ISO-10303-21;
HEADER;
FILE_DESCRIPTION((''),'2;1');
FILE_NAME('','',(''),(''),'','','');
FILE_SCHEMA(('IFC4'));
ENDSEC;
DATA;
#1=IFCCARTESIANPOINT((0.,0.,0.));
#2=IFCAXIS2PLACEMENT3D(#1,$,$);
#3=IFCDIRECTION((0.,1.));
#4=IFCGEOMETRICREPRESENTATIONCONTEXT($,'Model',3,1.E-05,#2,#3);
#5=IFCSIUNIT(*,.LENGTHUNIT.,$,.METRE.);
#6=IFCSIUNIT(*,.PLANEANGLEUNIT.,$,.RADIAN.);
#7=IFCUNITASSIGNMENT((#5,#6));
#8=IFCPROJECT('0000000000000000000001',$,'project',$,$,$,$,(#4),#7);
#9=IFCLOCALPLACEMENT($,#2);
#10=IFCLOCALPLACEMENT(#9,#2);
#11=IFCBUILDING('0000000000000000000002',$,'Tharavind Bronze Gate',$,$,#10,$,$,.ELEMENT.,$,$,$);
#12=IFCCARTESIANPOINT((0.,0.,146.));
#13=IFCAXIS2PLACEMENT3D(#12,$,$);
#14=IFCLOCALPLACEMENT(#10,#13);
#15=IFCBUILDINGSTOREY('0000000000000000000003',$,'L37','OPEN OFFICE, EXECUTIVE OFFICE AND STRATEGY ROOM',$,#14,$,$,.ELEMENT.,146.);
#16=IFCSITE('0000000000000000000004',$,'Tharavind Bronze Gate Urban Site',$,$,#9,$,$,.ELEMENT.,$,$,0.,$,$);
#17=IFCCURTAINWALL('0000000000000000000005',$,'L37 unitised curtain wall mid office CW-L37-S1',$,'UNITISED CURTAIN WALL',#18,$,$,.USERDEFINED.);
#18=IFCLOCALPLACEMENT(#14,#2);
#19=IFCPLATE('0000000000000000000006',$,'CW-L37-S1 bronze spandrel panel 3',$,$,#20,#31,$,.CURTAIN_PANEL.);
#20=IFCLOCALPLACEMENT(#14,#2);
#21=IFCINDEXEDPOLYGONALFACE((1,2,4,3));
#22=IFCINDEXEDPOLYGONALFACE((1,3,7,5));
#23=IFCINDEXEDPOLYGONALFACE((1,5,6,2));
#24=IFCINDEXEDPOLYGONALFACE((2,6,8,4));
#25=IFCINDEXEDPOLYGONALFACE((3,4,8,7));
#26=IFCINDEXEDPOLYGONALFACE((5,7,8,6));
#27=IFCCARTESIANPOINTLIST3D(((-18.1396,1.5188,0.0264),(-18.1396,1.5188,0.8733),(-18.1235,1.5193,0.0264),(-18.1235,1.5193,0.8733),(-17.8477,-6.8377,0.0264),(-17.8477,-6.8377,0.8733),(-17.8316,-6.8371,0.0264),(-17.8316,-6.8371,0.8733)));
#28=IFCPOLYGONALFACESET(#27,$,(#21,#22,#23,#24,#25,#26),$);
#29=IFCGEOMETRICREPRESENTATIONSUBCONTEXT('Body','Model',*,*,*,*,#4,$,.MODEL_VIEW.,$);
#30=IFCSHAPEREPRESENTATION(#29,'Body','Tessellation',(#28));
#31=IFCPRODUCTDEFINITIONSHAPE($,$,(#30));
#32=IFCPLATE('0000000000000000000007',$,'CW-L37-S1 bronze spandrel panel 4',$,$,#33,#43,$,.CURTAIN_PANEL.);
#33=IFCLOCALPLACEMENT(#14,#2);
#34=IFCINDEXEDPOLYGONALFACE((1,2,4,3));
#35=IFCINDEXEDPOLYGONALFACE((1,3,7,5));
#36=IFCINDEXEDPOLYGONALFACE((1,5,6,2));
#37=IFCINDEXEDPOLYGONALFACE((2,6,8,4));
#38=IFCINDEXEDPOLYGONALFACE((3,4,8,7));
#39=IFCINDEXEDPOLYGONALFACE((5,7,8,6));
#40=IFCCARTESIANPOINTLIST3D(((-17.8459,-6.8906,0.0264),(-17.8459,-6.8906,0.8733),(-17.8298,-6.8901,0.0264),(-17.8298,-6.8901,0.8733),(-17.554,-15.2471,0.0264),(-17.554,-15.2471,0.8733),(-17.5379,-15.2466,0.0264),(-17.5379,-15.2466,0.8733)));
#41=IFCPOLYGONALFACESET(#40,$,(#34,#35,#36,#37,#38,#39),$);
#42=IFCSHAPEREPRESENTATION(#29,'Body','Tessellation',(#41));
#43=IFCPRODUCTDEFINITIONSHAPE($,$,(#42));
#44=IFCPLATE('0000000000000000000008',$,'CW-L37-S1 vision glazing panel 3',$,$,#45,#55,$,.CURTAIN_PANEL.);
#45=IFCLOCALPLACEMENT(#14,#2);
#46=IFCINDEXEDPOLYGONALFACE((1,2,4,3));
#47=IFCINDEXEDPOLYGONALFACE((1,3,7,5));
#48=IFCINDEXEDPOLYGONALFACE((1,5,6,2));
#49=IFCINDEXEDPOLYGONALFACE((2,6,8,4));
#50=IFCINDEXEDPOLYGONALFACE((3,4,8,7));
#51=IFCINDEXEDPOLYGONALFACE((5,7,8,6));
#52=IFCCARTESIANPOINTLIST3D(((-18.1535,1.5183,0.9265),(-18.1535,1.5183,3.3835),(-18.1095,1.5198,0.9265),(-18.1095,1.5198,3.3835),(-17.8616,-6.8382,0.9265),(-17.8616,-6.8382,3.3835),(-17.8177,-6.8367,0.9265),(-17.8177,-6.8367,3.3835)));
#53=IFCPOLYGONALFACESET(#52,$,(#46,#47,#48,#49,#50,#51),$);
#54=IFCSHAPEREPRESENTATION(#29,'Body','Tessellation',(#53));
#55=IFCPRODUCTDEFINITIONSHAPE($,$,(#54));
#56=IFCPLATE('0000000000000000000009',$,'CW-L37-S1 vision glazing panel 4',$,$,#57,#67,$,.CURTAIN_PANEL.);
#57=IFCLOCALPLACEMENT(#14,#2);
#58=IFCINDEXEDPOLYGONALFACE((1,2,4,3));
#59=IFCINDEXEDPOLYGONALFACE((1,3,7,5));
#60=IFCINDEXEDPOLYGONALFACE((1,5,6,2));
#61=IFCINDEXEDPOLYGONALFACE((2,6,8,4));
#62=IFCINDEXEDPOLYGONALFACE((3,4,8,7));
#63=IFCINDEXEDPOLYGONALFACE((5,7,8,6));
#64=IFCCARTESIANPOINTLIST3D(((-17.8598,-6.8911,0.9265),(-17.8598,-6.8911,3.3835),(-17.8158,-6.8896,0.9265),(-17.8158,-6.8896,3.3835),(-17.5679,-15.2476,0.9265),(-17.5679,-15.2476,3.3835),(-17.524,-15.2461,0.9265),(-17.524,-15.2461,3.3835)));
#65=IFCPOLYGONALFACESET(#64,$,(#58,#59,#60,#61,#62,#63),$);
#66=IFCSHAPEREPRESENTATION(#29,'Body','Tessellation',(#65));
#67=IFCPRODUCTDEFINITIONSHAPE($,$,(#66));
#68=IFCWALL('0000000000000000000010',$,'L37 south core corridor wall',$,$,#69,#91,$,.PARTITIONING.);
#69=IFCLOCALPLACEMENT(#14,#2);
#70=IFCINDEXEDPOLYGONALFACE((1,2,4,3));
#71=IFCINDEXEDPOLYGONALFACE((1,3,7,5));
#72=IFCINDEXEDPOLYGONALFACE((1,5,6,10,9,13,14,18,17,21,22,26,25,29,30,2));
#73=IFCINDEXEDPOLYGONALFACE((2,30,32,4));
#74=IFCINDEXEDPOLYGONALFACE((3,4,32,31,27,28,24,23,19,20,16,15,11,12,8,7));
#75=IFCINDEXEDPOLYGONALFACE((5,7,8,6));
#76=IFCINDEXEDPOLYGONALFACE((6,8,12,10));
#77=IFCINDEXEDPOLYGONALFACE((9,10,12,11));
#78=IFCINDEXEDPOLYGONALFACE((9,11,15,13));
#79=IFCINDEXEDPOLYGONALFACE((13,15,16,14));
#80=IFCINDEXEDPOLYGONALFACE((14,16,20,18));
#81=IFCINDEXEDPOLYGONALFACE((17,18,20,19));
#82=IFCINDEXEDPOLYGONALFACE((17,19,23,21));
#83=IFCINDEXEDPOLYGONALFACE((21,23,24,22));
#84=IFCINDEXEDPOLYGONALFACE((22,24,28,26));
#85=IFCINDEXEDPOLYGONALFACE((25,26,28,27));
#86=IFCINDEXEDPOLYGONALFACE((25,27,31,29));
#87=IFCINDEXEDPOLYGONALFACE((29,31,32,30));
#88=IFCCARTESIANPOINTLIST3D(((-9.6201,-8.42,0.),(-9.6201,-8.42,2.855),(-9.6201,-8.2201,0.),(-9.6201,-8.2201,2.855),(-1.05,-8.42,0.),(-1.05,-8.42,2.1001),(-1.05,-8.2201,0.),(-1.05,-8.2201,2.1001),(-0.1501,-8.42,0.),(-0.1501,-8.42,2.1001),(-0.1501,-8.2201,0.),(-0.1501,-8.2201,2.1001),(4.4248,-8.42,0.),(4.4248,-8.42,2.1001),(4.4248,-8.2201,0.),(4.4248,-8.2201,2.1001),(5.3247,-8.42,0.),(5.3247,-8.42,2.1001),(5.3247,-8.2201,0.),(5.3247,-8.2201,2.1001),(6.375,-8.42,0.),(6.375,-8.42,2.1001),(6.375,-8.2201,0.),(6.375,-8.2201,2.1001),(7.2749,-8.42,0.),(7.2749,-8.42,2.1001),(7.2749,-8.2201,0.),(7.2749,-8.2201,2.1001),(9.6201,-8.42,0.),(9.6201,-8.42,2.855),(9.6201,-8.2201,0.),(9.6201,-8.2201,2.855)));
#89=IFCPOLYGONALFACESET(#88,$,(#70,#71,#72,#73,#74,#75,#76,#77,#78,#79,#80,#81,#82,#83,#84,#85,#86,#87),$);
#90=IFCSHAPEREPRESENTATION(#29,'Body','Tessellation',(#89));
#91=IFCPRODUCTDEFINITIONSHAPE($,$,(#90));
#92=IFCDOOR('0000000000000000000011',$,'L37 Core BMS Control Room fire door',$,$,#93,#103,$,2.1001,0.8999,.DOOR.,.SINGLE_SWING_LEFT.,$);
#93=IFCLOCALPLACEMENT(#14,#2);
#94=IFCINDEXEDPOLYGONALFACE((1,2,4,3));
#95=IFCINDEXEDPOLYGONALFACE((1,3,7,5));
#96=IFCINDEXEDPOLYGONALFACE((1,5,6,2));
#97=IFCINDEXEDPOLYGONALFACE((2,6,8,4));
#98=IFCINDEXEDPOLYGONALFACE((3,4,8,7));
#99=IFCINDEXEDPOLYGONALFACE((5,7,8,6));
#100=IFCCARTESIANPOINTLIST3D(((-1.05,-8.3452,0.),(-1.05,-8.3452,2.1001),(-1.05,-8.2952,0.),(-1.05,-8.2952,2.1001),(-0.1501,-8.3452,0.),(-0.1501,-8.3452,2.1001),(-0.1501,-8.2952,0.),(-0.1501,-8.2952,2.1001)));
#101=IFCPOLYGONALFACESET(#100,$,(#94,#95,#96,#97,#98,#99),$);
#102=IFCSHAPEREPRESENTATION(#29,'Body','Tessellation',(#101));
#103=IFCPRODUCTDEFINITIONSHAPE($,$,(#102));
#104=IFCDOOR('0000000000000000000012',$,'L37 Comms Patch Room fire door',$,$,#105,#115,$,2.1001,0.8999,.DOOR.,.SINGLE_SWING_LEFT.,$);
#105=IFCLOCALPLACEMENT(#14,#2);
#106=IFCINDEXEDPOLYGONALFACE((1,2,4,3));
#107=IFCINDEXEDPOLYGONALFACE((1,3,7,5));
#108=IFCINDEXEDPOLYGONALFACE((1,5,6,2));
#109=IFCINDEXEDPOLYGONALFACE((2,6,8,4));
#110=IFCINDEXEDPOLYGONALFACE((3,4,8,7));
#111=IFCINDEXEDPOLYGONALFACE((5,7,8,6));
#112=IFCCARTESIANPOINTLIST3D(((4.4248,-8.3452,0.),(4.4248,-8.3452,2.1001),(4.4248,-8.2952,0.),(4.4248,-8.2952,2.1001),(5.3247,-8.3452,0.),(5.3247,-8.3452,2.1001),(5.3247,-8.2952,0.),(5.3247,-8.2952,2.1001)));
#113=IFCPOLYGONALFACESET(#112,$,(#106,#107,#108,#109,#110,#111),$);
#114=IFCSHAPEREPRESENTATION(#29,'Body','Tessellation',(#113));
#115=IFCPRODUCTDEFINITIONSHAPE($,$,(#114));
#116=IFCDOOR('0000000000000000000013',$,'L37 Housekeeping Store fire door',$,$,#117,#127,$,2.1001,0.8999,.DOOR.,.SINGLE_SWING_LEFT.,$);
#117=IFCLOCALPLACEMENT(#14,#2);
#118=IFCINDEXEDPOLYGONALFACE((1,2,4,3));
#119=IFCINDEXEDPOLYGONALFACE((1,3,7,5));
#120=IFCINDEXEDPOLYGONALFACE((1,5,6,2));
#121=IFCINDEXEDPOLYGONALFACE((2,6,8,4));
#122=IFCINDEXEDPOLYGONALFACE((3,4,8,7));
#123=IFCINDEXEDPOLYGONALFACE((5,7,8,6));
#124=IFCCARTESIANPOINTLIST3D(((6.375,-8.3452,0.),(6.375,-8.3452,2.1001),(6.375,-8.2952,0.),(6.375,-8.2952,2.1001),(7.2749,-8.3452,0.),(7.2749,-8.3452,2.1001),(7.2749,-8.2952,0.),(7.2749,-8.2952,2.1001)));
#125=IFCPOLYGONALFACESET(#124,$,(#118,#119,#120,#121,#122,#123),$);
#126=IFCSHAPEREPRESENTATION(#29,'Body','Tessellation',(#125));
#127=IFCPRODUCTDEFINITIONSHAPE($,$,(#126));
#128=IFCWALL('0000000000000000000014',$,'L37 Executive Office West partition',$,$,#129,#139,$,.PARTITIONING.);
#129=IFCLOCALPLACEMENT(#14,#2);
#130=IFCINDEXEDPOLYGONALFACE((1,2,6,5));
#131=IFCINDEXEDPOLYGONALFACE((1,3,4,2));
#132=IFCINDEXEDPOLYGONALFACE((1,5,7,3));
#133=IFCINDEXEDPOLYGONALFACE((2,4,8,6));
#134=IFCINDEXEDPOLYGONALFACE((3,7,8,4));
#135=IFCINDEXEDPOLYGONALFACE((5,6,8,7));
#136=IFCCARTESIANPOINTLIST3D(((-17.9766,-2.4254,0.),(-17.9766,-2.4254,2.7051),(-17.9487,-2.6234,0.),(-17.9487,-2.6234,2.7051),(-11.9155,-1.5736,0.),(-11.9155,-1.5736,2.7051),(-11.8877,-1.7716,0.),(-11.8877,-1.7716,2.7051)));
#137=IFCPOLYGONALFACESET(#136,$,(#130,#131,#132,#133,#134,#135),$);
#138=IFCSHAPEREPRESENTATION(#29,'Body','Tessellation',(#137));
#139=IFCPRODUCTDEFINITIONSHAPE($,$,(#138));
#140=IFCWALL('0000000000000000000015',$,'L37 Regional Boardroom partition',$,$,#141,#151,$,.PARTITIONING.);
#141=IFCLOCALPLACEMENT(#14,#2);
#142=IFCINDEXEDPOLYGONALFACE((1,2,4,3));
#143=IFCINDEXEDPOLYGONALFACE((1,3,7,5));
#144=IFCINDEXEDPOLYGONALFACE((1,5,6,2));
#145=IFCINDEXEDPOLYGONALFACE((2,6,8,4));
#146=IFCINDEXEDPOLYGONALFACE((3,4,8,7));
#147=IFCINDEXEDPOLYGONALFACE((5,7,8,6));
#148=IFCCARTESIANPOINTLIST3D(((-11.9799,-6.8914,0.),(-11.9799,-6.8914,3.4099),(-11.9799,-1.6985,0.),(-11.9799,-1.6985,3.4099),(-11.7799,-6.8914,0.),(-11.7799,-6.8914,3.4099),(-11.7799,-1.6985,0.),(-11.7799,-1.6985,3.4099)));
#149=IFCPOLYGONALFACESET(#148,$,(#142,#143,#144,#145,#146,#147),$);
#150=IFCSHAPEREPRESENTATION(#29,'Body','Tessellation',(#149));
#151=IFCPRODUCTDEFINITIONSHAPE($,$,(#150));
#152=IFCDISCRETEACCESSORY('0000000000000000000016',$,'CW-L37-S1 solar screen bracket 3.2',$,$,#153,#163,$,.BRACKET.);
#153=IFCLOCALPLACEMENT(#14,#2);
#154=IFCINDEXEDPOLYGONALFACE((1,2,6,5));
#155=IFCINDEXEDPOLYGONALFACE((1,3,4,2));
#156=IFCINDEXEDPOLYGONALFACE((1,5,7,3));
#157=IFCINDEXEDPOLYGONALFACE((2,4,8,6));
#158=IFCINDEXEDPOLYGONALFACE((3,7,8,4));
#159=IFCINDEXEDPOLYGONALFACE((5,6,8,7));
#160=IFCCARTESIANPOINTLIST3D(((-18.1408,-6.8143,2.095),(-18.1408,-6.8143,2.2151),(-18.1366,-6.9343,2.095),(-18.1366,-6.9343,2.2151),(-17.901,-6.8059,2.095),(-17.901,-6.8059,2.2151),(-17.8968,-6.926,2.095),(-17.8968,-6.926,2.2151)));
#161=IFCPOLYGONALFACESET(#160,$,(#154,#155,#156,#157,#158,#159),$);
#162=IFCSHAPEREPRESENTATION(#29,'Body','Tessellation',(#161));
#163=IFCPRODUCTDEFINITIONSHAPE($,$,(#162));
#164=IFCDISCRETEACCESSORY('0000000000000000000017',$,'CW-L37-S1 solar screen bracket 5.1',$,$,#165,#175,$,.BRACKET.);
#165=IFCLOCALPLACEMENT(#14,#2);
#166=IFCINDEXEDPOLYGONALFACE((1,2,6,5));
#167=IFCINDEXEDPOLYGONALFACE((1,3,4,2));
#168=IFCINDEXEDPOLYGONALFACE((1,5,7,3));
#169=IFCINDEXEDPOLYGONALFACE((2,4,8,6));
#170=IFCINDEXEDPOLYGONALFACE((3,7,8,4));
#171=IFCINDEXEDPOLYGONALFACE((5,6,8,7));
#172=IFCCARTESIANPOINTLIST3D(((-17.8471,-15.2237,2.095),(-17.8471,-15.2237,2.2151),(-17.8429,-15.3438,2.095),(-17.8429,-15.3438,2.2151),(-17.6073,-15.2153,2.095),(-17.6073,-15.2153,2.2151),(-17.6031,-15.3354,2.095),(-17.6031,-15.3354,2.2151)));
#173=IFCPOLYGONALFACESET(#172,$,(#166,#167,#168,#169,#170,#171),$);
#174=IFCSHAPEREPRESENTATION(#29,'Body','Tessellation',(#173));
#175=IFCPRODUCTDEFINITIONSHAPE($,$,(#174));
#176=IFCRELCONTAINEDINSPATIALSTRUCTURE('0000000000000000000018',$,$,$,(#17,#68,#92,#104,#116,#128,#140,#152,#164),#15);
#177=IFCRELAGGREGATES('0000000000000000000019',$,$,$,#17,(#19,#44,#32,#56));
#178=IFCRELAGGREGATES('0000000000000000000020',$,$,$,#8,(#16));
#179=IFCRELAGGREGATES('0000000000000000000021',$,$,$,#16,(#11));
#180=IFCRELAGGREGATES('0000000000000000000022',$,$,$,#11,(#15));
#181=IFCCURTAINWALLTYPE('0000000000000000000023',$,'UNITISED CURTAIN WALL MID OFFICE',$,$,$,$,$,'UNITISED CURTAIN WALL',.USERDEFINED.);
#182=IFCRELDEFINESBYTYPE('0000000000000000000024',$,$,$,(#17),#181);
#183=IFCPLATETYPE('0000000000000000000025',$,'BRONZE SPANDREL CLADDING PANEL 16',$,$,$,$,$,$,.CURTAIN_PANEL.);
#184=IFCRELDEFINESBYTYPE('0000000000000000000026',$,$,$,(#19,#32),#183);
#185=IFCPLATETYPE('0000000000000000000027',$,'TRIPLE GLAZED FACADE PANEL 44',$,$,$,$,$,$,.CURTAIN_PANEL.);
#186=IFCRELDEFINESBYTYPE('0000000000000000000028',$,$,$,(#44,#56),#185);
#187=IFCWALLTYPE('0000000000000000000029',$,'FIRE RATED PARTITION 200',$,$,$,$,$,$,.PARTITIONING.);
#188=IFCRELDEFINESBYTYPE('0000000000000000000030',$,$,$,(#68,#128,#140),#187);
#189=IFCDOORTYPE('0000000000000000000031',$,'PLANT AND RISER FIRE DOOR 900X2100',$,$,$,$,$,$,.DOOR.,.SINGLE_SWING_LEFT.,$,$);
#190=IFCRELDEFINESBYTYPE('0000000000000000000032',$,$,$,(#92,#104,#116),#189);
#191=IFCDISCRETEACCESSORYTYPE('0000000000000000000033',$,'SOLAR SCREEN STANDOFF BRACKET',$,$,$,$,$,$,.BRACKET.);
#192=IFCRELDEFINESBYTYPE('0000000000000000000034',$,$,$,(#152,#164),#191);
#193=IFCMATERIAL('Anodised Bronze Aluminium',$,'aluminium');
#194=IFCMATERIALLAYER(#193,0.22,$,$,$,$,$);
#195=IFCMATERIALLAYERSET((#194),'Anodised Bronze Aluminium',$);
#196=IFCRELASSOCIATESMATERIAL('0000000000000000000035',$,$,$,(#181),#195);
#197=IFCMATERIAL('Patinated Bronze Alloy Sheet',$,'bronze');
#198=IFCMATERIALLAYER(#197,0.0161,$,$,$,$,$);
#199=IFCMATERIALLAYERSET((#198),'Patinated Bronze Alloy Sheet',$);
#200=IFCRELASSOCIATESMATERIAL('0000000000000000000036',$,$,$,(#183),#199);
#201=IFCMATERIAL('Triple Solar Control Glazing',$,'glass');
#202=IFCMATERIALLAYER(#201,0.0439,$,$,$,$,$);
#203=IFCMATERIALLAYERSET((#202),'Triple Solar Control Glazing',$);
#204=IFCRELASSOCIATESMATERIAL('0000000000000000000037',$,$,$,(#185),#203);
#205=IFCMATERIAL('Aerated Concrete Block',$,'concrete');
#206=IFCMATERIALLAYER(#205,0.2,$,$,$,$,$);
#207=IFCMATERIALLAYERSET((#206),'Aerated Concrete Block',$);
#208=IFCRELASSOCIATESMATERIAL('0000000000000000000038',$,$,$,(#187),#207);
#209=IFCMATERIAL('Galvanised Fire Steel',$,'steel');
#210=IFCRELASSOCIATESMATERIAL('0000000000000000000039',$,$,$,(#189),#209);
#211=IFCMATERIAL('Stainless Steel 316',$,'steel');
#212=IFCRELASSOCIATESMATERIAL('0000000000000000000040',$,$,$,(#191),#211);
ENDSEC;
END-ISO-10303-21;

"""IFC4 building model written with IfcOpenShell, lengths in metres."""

from ifc_helpers import new_model, si_unit, direction, frame, frame_2d, origin, origin_2d, place, context, subcontext, project, spatial, rectangle, extrude, material, layer, layer_set, type_object, element, fill, aggregate, save


model = new_model("IFC4")

# Units and contexts
model_context = context("Model", 3, precision=1e-05, world=origin(), true_north=direction((0.0, 1.0)))
body_context = subcontext(model_context, "Body", "Model", "MODEL_VIEW")
ifc_project = project(units=[si_unit("LENGTHUNIT", "METRE"), si_unit("PLANEANGLEUNIT", "RADIAN")], contexts=[model_context])

# Site, building, storey
site_placement = place(None, origin())
site = spatial("IfcSite", under=ifc_project, at=site_placement, Name="Tharavind Bronze Gate Urban Site", CompositionType="ELEMENT", RefElevation=0.0)
building_placement = place(site_placement, origin())
building = spatial("IfcBuilding", under=site, at=building_placement, Name="Tharavind Bronze Gate", CompositionType="ELEMENT")
storey_placement = place(building_placement, frame((0.0, 0.0, 146.0)))
storey = spatial("IfcBuildingStorey", under=building, at=storey_placement, Name="L37", Description="OPEN OFFICE, EXECUTIVE OFFICE AND STRATEGY ROOM", CompositionType="ELEMENT", Elevation=146.0)

# Curtain wall
ifc_material_1 = material(Name="Anodised Bronze Aluminium", Category="aluminium")
ifc_layer_1 = layer(ifc_material_1, 0.22)
ifc_layer_set_1 = layer_set([ifc_layer_1], Name="Anodised Bronze Aluminium")
curtain_wall_type = type_object("IfcCurtainWallType", Name="UNITISED CURTAIN WALL MID OFFICE", ElementType="UNITISED CURTAIN WALL", PredefinedType="USERDEFINED", material=ifc_layer_set_1)
curtain_wall_placement = place(storey_placement, origin())
curtain_wall = element("IfcCurtainWall", 1, at=curtain_wall_placement, inside=storey, type_object=curtain_wall_type, Name="L37 unitised curtain wall mid office CW-L37-S1", ObjectType="UNITISED CURTAIN WALL", PredefinedType="USERDEFINED")

# Plates
ifc_material_2 = material(Name="Patinated Bronze Alloy Sheet", Category="bronze")
ifc_layer_2 = layer(ifc_material_2, 0.0161)
ifc_layer_set_2 = layer_set([ifc_layer_2], Name="Patinated Bronze Alloy Sheet")
plate_type_1 = type_object("IfcPlateType", Name="BRONZE SPANDREL CLADDING PANEL 16", PredefinedType="CURTAIN_PANEL", material=ifc_layer_set_2)
plate_1_placement = place(storey_placement, frame((-17.9856, -2.6592, 0.0264), z_axis=(0.0, 0.0, 1.0), x_axis=(0.034899, -0.999391, 0.0)))
plate_1 = element("IfcPlate", 2, at=plate_1_placement, type_object=plate_type_1, Name="CW-L37-S1 bronze spandrel panel 3", PredefinedType="CURTAIN_PANEL", context=body_context, shape_type="SweptSolid", body=[
    extrude(rectangle(XDim=8.3616, YDim=0.0161, at=origin_2d()), origin(), (0.0, 0.0, 1.0), 0.8469),
])
plate_2_placement = place(storey_placement, frame((-17.6919, -11.0686, 0.0264), z_axis=(0.0, 0.0, 1.0), x_axis=(0.034899, -0.999391, 0.0)))
plate_2 = element("IfcPlate", 3, at=plate_2_placement, type_object=plate_type_1, Name="CW-L37-S1 bronze spandrel panel 4", PredefinedType="CURTAIN_PANEL", context=body_context, shape_type="SweptSolid", body=[
    extrude(rectangle(XDim=8.3616, YDim=0.0161, at=origin_2d()), origin(), (0.0, 0.0, 1.0), 0.8469),
])
ifc_material_3 = material(Name="Triple Solar Control Glazing", Category="glass")
ifc_layer_3 = layer(ifc_material_3, 0.0439)
ifc_layer_set_3 = layer_set([ifc_layer_3], Name="Triple Solar Control Glazing")
plate_type_2 = type_object("IfcPlateType", Name="TRIPLE GLAZED FACADE PANEL 44", PredefinedType="CURTAIN_PANEL", material=ifc_layer_set_3)
plate_3_placement = place(storey_placement, frame((-17.9856, -2.6592, 0.9265), z_axis=(0.0, 0.0, 1.0), x_axis=(0.034899, -0.999391, 0.0)))
plate_3 = element("IfcPlate", 4, at=plate_3_placement, type_object=plate_type_2, Name="CW-L37-S1 vision glazing panel 3", PredefinedType="CURTAIN_PANEL", context=body_context, shape_type="SweptSolid", body=[
    extrude(rectangle(XDim=8.3616, YDim=0.0439, at=origin_2d()), origin(), (0.0, 0.0, 1.0), 2.457),
])
plate_4_placement = place(storey_placement, frame((-17.6919, -11.0686, 0.9265), z_axis=(0.0, 0.0, 1.0), x_axis=(0.034899, -0.999391, 0.0)))
plate_4 = element("IfcPlate", 5, at=plate_4_placement, type_object=plate_type_2, Name="CW-L37-S1 vision glazing panel 4", PredefinedType="CURTAIN_PANEL", context=body_context, shape_type="SweptSolid", body=[
    extrude(rectangle(XDim=8.3616, YDim=0.0439, at=origin_2d()), origin(), (0.0, 0.0, 1.0), 2.457),
])
aggregate(curtain_wall, [plate_1, plate_3, plate_2, plate_4])

# Wall, openings, doors
ifc_material_4 = material(Name="Aerated Concrete Block", Category="concrete")
ifc_layer_4 = layer(ifc_material_4, 0.2)
ifc_layer_set_4 = layer_set([ifc_layer_4], Name="Aerated Concrete Block")
wall_type = type_object("IfcWallType", Name="FIRE RATED PARTITION 200", PredefinedType="PARTITIONING", material=ifc_layer_set_4)
wall_1_placement = place(storey_placement, frame((-9.6201, -8.3201, 0.0), z_axis=(0.0, 0.0, 1.0), x_axis=(1.0, 0.0, 0.0)))
wall_1 = element("IfcWall", 6, at=wall_1_placement, inside=storey, type_object=wall_type, Name="L37 south core corridor wall", PredefinedType="PARTITIONING", context=body_context, shape_type="SweptSolid", body=[
    extrude(rectangle(XDim=19.2402, YDim=0.2, at=frame_2d((9.6201, 0.0))), origin(), (0.0, 0.0, 1.0), 2.855),
])
opening_1_placement = place(wall_1_placement, frame((8.5701, 0.0, 0.0)))
opening_1 = element("IfcOpeningElement", 7, at=opening_1_placement, cuts=wall_1, PredefinedType="OPENING", context=body_context, shape_type="SweptSolid", body=[
    extrude(rectangle(XDim=0.8999, YDim=2.1001, at=frame_2d((0.45, 1.05))), frame((0.0, 0.1101, 0.0), z_axis=(0.0, -1.0, 0.0), x_axis=(1.0, 0.0, 0.0)), (0.0, 0.0, 1.0), 0.22),
])
opening_2_placement = place(wall_1_placement, frame((14.0449, 0.0, 0.0)))
opening_2 = element("IfcOpeningElement", 8, at=opening_2_placement, cuts=wall_1, PredefinedType="OPENING", context=body_context, shape_type="SweptSolid", body=[
    extrude(rectangle(XDim=0.8999, YDim=2.1001, at=frame_2d((0.45, 1.05))), frame((0.0, 0.1101, 0.0), z_axis=(0.0, -1.0, 0.0), x_axis=(1.0, 0.0, 0.0)), (0.0, 0.0, 1.0), 0.22),
])
opening_3_placement = place(wall_1_placement, frame((15.9951, 0.0, 0.0)))
opening_3 = element("IfcOpeningElement", 9, at=opening_3_placement, cuts=wall_1, PredefinedType="OPENING", context=body_context, shape_type="SweptSolid", body=[
    extrude(rectangle(XDim=0.8999, YDim=2.1001, at=frame_2d((0.45, 1.05))), frame((0.0, 0.1101, 0.0), z_axis=(0.0, -1.0, 0.0), x_axis=(1.0, 0.0, 0.0)), (0.0, 0.0, 1.0), 0.22),
])
ifc_material_5 = material(Name="Galvanised Fire Steel", Category="steel")
door_type_1 = type_object("IfcDoorType", Name="PLANT AND RISER FIRE DOOR 900X2100", OperationType="SINGLE_SWING_LEFT", PredefinedType="DOOR", material=ifc_material_5)
door_1_placement = place(opening_1_placement, origin())
door_1 = element("IfcDoor", 10, at=door_1_placement, inside=storey, type_object=door_type_1, Name="L37 Core BMS Control Room fire door", OperationType="SINGLE_SWING_LEFT", OverallHeight=2.1001, OverallWidth=0.8999, PredefinedType="DOOR", context=body_context, shape_type="SweptSolid", body=[
    extrude(rectangle(XDim=0.8999, YDim=2.1001, at=frame_2d((0.45, 1.05))), frame((0.0, 0.0249, 0.0), z_axis=(0.0, -1.0, 0.0), x_axis=(1.0, 0.0, 0.0)), (0.0, 0.0, 1.0), 0.05),
])
fill(opening_1, door_1)
door_2_placement = place(opening_2_placement, origin())
door_2 = element("IfcDoor", 11, at=door_2_placement, inside=storey, type_object=door_type_1, Name="L37 Comms Patch Room fire door", OperationType="SINGLE_SWING_LEFT", OverallHeight=2.1001, OverallWidth=0.8999, PredefinedType="DOOR", context=body_context, shape_type="SweptSolid", body=[
    extrude(rectangle(XDim=0.8999, YDim=2.1001, at=frame_2d((0.45, 1.05))), frame((0.0, 0.0249, 0.0), z_axis=(0.0, -1.0, 0.0), x_axis=(1.0, 0.0, 0.0)), (0.0, 0.0, 1.0), 0.05),
])
fill(opening_2, door_2)
door_3_placement = place(opening_3_placement, origin())
door_3 = element("IfcDoor", 12, at=door_3_placement, inside=storey, type_object=door_type_1, Name="L37 Housekeeping Store fire door", OperationType="SINGLE_SWING_LEFT", OverallHeight=2.1001, OverallWidth=0.8999, PredefinedType="DOOR", context=body_context, shape_type="SweptSolid", body=[
    extrude(rectangle(XDim=0.8999, YDim=2.1001, at=frame_2d((0.45, 1.05))), frame((0.0, 0.0249, 0.0), z_axis=(0.0, -1.0, 0.0), x_axis=(1.0, 0.0, 0.0)), (0.0, 0.0, 1.0), 0.05),
])
fill(opening_3, door_3)

# Walls
wall_2_placement = place(storey_placement, frame((-11.9016, -1.6726, 0.0), z_axis=(0.0, 0.0, 1.0), x_axis=(-0.990268, -0.13917, 0.0)))
element("IfcWall", 13, at=wall_2_placement, inside=storey, type_object=wall_type, Name="L37 Executive Office West partition", PredefinedType="PARTITIONING", context=body_context, shape_type="SweptSolid", body=[
    extrude(rectangle(XDim=6.1206, YDim=0.2, at=frame_2d((3.0603, 0.0))), origin(), (0.0, 0.0, 1.0), 2.7051),
])
wall_3_placement = place(storey_placement, frame((-11.8799, -1.6985, 0.0), z_axis=(0.0, 0.0, 1.0), x_axis=(0.0, -1.0, 0.0)))
element("IfcWall", 14, at=wall_3_placement, inside=storey, type_object=wall_type, Name="L37 Regional Boardroom partition", PredefinedType="PARTITIONING", context=body_context, shape_type="SweptSolid", body=[
    extrude(rectangle(XDim=5.1929, YDim=0.2, at=frame_2d((2.5964, 0.0))), origin(), (0.0, 0.0, 1.0), 3.4099),
])

# Discrete accessories
ifc_material_6 = material(Name="Stainless Steel 316", Category="steel")
discrete_accessory_type = type_object("IfcDiscreteAccessoryType", Name="SOLAR SCREEN STANDOFF BRACKET", PredefinedType="BRACKET", material=ifc_material_6)
for number, where, z_axis, x_axis, name in (
    (15, (-18.0188, -6.8701, 2.095), (0.0, 0.0, 1.0), (0.034899, -0.999391, 0.0), "CW-L37-S1 solar screen bracket 3.2"),
    (16, (-17.7251, -15.2795, 2.095), (0.0, 0.0, 1.0), (0.034899, -0.999391, 0.0), "CW-L37-S1 solar screen bracket 5.1"),
):
    element("IfcDiscreteAccessory", number, at=place(storey_placement, frame(where, z_axis=z_axis, x_axis=x_axis)), inside=storey, type_object=discrete_accessory_type, Name=name, PredefinedType="BRACKET", context=body_context, shape_type="SweptSolid", body=[
        extrude(rectangle(XDim=0.1201, YDim=0.24, at=origin_2d()), origin(), (0.0, 0.0, 1.0), 0.1201),
    ])

save(model, "model.ifc")
